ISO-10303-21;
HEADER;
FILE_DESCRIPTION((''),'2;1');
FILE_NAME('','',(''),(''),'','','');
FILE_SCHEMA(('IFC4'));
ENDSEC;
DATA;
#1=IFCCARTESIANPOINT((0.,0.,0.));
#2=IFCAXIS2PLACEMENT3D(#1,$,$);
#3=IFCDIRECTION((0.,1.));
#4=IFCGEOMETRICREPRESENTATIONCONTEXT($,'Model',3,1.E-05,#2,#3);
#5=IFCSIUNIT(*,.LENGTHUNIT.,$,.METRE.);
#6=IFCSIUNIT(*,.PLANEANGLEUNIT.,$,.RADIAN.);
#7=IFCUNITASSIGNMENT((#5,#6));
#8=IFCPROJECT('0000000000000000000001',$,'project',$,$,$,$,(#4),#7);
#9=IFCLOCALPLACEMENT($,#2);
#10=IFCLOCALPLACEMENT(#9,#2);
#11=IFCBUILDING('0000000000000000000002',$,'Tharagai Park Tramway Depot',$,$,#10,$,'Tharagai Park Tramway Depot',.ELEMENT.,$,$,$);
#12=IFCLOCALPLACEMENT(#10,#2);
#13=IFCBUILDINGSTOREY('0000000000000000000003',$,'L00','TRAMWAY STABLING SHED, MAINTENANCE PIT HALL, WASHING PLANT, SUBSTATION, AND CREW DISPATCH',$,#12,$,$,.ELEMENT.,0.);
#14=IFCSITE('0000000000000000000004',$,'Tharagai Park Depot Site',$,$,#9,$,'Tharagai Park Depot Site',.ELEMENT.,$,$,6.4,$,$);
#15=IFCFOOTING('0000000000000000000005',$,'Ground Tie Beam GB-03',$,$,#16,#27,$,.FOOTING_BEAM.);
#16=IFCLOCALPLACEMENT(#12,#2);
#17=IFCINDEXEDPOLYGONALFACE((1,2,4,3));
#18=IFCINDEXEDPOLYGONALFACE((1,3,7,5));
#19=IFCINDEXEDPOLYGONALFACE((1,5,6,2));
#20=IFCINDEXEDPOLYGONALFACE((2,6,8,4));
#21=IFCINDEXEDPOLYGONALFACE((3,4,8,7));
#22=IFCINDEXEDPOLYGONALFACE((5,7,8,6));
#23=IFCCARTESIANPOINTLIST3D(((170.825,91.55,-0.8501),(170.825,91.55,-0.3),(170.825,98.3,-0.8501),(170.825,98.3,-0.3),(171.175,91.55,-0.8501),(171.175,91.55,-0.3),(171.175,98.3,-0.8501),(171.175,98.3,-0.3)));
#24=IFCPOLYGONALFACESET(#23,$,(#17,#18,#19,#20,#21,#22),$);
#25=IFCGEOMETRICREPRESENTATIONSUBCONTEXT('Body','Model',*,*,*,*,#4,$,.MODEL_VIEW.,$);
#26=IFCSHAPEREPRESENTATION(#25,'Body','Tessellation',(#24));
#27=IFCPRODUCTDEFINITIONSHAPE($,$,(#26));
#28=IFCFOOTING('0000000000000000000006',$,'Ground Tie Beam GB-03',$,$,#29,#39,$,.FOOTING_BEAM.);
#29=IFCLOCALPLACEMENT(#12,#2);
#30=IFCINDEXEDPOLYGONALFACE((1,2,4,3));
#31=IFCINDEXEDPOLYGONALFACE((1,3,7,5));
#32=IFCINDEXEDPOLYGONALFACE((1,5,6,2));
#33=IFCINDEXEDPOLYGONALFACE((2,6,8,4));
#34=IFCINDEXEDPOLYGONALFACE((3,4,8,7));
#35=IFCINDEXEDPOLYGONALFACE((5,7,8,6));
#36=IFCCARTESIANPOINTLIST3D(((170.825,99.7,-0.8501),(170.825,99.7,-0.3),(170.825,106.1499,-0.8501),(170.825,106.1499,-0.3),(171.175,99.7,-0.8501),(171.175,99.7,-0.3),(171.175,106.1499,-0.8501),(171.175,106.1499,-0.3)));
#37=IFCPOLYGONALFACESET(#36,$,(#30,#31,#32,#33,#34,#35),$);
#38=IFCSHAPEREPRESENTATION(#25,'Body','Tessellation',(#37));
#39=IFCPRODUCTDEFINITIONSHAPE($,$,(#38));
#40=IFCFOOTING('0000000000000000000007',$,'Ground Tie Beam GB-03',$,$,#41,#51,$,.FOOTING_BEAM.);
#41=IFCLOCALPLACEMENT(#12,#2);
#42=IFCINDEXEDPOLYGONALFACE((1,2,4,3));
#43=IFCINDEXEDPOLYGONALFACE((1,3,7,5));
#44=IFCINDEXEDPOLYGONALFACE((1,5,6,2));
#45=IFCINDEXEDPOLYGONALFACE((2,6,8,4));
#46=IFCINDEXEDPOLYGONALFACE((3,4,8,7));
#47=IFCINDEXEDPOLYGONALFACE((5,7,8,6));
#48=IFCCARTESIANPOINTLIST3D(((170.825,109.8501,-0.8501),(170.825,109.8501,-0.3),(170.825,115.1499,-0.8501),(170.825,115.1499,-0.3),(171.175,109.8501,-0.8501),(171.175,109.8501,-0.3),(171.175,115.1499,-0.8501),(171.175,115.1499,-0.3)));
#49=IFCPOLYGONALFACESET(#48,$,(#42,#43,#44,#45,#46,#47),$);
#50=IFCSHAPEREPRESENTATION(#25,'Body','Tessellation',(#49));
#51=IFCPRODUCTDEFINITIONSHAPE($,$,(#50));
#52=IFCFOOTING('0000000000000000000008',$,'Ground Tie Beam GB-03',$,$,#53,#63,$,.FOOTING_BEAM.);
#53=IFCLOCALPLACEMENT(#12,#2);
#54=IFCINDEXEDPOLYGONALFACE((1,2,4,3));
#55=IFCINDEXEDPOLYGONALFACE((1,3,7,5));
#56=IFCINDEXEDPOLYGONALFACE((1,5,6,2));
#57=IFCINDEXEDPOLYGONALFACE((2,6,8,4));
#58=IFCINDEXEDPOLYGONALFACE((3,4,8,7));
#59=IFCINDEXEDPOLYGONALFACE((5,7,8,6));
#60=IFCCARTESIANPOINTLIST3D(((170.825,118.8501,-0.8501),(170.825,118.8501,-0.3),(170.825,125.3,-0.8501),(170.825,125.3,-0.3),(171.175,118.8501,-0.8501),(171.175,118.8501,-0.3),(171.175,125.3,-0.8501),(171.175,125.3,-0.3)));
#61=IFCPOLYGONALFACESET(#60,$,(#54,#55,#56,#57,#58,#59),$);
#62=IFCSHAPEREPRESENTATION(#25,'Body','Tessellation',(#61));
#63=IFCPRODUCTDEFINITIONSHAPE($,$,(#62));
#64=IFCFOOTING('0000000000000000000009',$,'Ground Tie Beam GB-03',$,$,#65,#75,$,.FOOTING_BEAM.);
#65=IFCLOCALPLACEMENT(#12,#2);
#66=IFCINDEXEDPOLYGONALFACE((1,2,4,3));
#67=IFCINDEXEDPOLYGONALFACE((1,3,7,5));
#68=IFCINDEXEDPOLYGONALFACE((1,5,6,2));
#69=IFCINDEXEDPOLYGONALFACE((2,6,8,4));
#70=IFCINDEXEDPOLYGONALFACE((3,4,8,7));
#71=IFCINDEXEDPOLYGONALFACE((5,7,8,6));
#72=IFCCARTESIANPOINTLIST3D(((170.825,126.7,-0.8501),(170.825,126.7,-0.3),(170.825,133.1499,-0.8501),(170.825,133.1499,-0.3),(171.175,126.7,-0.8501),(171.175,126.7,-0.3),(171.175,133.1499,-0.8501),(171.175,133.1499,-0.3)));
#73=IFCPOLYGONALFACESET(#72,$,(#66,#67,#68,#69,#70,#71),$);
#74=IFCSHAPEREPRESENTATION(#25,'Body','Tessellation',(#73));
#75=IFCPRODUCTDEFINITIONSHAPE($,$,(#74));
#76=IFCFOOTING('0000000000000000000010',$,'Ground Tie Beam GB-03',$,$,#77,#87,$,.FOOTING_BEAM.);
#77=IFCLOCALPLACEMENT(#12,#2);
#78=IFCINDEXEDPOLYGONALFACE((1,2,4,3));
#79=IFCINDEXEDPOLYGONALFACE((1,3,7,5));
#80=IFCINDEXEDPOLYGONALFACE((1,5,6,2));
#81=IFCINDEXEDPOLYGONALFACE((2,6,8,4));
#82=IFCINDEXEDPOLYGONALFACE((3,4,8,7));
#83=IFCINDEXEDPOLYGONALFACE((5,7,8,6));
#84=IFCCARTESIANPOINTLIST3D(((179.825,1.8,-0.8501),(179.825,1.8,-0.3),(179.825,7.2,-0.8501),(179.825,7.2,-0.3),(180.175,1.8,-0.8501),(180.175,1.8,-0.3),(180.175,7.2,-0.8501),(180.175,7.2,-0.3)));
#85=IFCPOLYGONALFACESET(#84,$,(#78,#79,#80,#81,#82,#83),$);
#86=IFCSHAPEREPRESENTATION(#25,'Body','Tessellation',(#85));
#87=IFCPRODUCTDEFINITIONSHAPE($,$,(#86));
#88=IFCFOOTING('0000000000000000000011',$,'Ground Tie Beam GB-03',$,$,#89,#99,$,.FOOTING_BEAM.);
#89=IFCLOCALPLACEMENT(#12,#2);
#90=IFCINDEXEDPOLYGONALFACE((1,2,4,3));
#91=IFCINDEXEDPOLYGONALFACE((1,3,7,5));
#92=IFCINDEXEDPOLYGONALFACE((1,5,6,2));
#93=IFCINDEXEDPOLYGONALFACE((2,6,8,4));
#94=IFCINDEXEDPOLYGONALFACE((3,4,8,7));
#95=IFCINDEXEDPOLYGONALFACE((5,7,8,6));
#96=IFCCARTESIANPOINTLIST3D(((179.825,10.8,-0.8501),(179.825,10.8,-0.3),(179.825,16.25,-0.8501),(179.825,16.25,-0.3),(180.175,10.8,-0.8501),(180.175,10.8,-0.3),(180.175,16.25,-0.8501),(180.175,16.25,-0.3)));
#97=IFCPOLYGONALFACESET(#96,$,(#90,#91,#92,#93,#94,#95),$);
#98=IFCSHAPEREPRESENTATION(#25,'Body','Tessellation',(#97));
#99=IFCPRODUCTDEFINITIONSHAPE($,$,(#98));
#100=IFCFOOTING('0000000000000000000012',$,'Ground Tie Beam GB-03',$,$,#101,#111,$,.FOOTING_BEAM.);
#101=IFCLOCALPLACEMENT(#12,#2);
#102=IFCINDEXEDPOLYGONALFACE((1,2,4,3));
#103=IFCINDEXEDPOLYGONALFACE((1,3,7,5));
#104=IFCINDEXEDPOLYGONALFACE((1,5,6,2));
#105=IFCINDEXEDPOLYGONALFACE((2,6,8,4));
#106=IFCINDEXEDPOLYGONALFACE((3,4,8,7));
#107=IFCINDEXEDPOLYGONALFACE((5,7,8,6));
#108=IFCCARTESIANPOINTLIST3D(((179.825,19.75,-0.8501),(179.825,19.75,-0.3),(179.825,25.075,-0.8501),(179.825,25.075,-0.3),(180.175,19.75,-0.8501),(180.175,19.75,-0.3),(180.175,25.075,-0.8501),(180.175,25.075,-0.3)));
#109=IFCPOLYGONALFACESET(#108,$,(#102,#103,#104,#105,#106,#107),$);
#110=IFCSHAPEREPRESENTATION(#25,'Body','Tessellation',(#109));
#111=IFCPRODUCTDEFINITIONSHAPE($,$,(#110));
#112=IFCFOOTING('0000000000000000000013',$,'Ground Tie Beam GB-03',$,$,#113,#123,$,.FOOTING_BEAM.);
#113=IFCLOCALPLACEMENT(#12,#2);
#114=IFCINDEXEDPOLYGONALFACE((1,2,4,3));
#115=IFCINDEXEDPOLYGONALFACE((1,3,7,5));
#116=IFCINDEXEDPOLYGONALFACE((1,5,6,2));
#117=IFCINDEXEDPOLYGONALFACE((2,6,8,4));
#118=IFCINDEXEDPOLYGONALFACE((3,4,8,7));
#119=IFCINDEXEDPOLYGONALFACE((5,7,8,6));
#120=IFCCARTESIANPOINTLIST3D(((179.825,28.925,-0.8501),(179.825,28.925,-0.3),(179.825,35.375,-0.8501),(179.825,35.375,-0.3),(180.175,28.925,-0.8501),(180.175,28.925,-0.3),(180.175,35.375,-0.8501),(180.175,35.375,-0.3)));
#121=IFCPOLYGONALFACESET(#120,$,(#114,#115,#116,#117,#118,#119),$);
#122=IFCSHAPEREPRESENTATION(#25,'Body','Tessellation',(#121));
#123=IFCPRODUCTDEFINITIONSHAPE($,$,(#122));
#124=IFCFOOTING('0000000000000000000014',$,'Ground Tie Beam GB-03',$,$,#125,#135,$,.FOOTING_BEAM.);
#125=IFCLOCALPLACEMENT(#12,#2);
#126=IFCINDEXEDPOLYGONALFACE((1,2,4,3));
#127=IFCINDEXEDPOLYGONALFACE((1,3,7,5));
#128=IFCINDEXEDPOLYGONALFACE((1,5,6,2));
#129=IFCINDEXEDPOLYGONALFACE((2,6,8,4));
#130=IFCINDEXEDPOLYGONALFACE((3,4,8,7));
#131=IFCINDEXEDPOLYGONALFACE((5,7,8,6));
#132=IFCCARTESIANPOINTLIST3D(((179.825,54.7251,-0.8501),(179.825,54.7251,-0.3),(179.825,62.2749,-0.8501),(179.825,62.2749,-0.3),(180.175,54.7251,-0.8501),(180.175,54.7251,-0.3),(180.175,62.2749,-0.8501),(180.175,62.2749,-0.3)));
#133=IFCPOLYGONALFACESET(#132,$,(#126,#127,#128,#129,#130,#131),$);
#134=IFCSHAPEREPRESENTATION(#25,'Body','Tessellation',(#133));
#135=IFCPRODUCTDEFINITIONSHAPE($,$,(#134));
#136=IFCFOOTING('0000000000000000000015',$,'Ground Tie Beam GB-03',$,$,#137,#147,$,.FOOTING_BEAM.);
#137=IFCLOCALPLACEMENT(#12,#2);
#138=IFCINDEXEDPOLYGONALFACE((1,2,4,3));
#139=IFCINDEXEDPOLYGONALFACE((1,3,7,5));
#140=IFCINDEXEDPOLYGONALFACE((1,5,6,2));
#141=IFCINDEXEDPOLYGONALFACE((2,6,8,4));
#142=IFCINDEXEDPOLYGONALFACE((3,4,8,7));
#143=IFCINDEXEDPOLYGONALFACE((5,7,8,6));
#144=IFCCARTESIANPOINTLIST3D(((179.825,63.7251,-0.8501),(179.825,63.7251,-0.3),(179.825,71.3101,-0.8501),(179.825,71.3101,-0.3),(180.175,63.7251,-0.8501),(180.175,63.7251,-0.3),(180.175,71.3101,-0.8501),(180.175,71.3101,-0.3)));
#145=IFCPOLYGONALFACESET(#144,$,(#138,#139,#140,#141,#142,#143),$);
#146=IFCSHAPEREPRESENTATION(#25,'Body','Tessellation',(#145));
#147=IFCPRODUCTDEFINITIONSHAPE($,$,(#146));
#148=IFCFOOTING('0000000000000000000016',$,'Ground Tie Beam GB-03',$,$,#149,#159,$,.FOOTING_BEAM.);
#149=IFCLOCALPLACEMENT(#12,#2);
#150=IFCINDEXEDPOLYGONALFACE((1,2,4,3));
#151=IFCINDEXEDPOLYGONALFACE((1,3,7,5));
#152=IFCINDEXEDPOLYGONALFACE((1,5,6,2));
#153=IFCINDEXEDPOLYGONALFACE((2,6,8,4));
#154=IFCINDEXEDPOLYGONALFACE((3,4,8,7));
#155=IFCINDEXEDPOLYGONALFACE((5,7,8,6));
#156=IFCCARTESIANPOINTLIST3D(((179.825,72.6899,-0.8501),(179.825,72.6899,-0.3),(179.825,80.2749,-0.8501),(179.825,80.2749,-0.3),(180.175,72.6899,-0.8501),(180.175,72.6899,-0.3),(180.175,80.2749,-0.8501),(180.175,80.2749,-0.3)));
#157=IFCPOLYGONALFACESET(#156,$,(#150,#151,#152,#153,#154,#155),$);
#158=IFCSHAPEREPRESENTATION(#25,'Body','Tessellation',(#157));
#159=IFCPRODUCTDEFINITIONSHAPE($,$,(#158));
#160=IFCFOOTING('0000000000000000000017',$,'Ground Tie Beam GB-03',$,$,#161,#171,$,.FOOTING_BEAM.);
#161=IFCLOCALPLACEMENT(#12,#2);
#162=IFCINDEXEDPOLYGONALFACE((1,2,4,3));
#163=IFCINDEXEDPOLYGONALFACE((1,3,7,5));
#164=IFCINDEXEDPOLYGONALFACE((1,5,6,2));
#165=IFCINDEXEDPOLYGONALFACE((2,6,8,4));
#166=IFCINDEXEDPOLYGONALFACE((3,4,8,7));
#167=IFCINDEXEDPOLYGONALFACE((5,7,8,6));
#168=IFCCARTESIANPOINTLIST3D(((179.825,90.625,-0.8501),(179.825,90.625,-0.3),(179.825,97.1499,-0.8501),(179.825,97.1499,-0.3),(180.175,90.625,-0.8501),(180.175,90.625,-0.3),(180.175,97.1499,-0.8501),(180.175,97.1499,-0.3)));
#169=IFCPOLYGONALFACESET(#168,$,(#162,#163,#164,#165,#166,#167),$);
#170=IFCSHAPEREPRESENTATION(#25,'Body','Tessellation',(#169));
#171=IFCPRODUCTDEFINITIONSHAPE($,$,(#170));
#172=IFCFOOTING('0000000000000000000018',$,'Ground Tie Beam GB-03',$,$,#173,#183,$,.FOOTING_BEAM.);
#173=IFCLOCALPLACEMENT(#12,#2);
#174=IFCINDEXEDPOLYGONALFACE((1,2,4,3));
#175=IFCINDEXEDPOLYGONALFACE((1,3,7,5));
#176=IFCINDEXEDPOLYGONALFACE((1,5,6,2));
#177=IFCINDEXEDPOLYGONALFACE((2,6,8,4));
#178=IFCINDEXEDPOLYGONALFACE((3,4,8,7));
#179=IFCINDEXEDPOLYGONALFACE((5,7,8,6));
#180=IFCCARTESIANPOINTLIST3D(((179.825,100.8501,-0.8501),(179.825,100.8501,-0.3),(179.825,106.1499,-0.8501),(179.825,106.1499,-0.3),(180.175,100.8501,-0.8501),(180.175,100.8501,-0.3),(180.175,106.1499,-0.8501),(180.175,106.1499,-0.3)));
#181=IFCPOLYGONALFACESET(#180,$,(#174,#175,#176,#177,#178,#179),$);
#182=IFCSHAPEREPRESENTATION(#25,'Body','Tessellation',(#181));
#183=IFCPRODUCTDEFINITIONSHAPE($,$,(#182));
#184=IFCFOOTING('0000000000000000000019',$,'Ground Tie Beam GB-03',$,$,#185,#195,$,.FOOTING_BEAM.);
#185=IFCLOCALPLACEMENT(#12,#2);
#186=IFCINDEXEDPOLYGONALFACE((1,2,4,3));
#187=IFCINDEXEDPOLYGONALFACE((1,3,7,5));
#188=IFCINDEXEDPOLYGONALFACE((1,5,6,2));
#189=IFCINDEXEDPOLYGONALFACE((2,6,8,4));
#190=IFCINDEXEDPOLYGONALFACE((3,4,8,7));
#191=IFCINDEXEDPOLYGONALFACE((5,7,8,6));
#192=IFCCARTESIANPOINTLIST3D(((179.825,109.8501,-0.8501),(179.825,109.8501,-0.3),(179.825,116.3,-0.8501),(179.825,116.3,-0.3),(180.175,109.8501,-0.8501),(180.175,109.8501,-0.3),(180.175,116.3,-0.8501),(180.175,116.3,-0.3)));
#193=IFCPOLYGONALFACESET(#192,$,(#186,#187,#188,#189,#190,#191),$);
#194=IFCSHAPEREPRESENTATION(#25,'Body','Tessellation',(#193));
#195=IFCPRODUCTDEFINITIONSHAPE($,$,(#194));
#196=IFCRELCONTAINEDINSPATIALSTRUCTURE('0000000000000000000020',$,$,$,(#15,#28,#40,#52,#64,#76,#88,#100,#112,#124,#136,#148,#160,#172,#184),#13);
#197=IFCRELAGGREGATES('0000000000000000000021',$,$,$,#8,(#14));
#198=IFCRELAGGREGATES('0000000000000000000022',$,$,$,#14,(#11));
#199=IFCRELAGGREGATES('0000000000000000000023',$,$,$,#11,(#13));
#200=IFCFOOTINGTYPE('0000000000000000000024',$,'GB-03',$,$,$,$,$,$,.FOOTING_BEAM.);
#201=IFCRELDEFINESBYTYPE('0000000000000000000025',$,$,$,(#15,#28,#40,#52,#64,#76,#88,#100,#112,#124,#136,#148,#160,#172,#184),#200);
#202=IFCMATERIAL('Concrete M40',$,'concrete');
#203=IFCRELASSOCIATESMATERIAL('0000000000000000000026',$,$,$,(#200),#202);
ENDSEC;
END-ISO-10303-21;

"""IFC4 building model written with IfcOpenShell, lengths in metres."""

from ifc_helpers import new_model, si_unit, direction, frame, origin, place, context, subcontext, project, spatial, polyline, outline, extrude, material, type_object, element, save


model = new_model("IFC4")

# Units and contexts
model_context = context("Model", 3, precision=1e-05, world=origin(), true_north=direction((0.0, 1.0)))
body_context = subcontext(model_context, "Body", "Model", "MODEL_VIEW")
ifc_project = project(units=[si_unit("LENGTHUNIT", "METRE"), si_unit("PLANEANGLEUNIT", "RADIAN")], contexts=[model_context])

# Site, building, storey
site_placement = place(None, origin())
site = spatial("IfcSite", under=ifc_project, at=site_placement, Name="Tharagai Park Depot Site", LongName="Tharagai Park Depot Site", CompositionType="ELEMENT", RefElevation=6.4)
building_placement = place(site_placement, origin())
building = spatial("IfcBuilding", under=site, at=building_placement, Name="Tharagai Park Tramway Depot", LongName="Tharagai Park Tramway Depot", CompositionType="ELEMENT")
storey_placement = place(building_placement, origin())
storey = spatial("IfcBuildingStorey", under=building, at=storey_placement, Name="L00", Description="TRAMWAY STABLING SHED, MAINTENANCE PIT HALL, WASHING PLANT, SUBSTATION, AND CREW DISPATCH", CompositionType="ELEMENT", Elevation=0.0)

# Footings
ifc_material = material(Name="Concrete M40", Category="concrete")
footing_type = type_object("IfcFootingType", Name="GB-03", PredefinedType="FOOTING_BEAM", material=ifc_material)
footing_1_placement = place(storey_placement, frame((0.0, 0.0, -0.8501)))
element("IfcFooting", 1, at=footing_1_placement, inside=storey, type_object=footing_type, Name="Ground Tie Beam GB-03", PredefinedType="FOOTING_BEAM", context=body_context, shape_type="SweptSolid", body=[
    extrude(outline(polyline([(170.825, 91.55), (171.175, 91.55), (171.175, 98.3), (170.825, 98.3), (170.825, 91.55)])), origin(), (0.0, 0.0, 1.0), 0.55),
])
footing_2_placement = place(storey_placement, frame((0.0, 0.0, -0.8501)))
element("IfcFooting", 2, at=footing_2_placement, inside=storey, type_object=footing_type, Name="Ground Tie Beam GB-03", PredefinedType="FOOTING_BEAM", context=body_context, shape_type="SweptSolid", body=[
    extrude(outline(polyline([(170.825, 99.7), (171.175, 99.7), (171.175, 106.1499), (170.825, 106.1499), (170.825, 99.7)])), origin(), (0.0, 0.0, 1.0), 0.55),
])
footing_3_placement = place(storey_placement, frame((0.0, 0.0, -0.8501)))
element("IfcFooting", 3, at=footing_3_placement, inside=storey, type_object=footing_type, Name="Ground Tie Beam GB-03", PredefinedType="FOOTING_BEAM", context=body_context, shape_type="SweptSolid", body=[
    extrude(outline(polyline([(170.825, 109.8501), (171.175, 109.8501), (171.175, 115.1499), (170.825, 115.1499), (170.825, 109.8501)])), origin(), (0.0, 0.0, 1.0), 0.55),
])
footing_4_placement = place(storey_placement, frame((0.0, 0.0, -0.8501)))
element("IfcFooting", 4, at=footing_4_placement, inside=storey, type_object=footing_type, Name="Ground Tie Beam GB-03", PredefinedType="FOOTING_BEAM", context=body_context, shape_type="SweptSolid", body=[
    extrude(outline(polyline([(170.825, 118.8501), (171.175, 118.8501), (171.175, 125.3), (170.825, 125.3), (170.825, 118.8501)])), origin(), (0.0, 0.0, 1.0), 0.55),
])
footing_5_placement = place(storey_placement, frame((0.0, 0.0, -0.8501)))
element("IfcFooting", 5, at=footing_5_placement, inside=storey, type_object=footing_type, Name="Ground Tie Beam GB-03", PredefinedType="FOOTING_BEAM", context=body_context, shape_type="SweptSolid", body=[
    extrude(outline(polyline([(170.825, 126.7), (171.175, 126.7), (171.175, 133.1499), (170.825, 133.1499), (170.825, 126.7)])), origin(), (0.0, 0.0, 1.0), 0.55),
])
footing_6_placement = place(storey_placement, frame((0.0, 0.0, -0.8501)))
element("IfcFooting", 6, at=footing_6_placement, inside=storey, type_object=footing_type, Name="Ground Tie Beam GB-03", PredefinedType="FOOTING_BEAM", context=body_context, shape_type="SweptSolid", body=[
    extrude(outline(polyline([(179.825, 1.8), (180.175, 1.8), (180.175, 7.2), (179.825, 7.2), (179.825, 1.8)])), origin(), (0.0, 0.0, 1.0), 0.55),
])
footing_7_placement = place(storey_placement, frame((0.0, 0.0, -0.8501)))
element("IfcFooting", 7, at=footing_7_placement, inside=storey, type_object=footing_type, Name="Ground Tie Beam GB-03", PredefinedType="FOOTING_BEAM", context=body_context, shape_type="SweptSolid", body=[
    extrude(outline(polyline([(179.825, 10.8), (180.175, 10.8), (180.175, 16.25), (179.825, 16.25), (179.825, 10.8)])), origin(), (0.0, 0.0, 1.0), 0.55),
])
footing_8_placement = place(storey_placement, frame((0.0, 0.0, -0.8501)))
element("IfcFooting", 8, at=footing_8_placement, inside=storey, type_object=footing_type, Name="Ground Tie Beam GB-03", PredefinedType="FOOTING_BEAM", context=body_context, shape_type="SweptSolid", body=[
    extrude(outline(polyline([(179.825, 19.75), (180.175, 19.75), (180.175, 25.075), (179.825, 25.075), (179.825, 19.75)])), origin(), (0.0, 0.0, 1.0), 0.55),
])
footing_9_placement = place(storey_placement, frame((0.0, 0.0, -0.8501)))
element("IfcFooting", 9, at=footing_9_placement, inside=storey, type_object=footing_type, Name="Ground Tie Beam GB-03", PredefinedType="FOOTING_BEAM", context=body_context, shape_type="SweptSolid", body=[
    extrude(outline(polyline([(179.825, 28.925), (180.175, 28.925), (180.175, 35.375), (179.825, 35.375), (179.825, 28.925)])), origin(), (0.0, 0.0, 1.0), 0.55),
])
footing_10_placement = place(storey_placement, frame((0.0, 0.0, -0.8501)))
element("IfcFooting", 10, at=footing_10_placement, inside=storey, type_object=footing_type, Name="Ground Tie Beam GB-03", PredefinedType="FOOTING_BEAM", context=body_context, shape_type="SweptSolid", body=[
    extrude(outline(polyline([(179.825, 54.7251), (180.175, 54.7251), (180.175, 62.2749), (179.825, 62.2749), (179.825, 54.7251)])), origin(), (0.0, 0.0, 1.0), 0.55),
])
footing_11_placement = place(storey_placement, frame((0.0, 0.0, -0.8501)))
element("IfcFooting", 11, at=footing_11_placement, inside=storey, type_object=footing_type, Name="Ground Tie Beam GB-03", PredefinedType="FOOTING_BEAM", context=body_context, shape_type="SweptSolid", body=[
    extrude(outline(polyline([(179.825, 63.7251), (180.175, 63.7251), (180.175, 71.3101), (179.825, 71.3101), (179.825, 63.7251)])), origin(), (0.0, 0.0, 1.0), 0.55),
])
footing_12_placement = place(storey_placement, frame((0.0, 0.0, -0.8501)))
element("IfcFooting", 12, at=footing_12_placement, inside=storey, type_object=footing_type, Name="Ground Tie Beam GB-03", PredefinedType="FOOTING_BEAM", context=body_context, shape_type="SweptSolid", body=[
    extrude(outline(polyline([(179.825, 72.6899), (180.175, 72.6899), (180.175, 80.2749), (179.825, 80.2749), (179.825, 72.6899)])), origin(), (0.0, 0.0, 1.0), 0.55),
])
footing_13_placement = place(storey_placement, frame((0.0, 0.0, -0.8501)))
element("IfcFooting", 13, at=footing_13_placement, inside=storey, type_object=footing_type, Name="Ground Tie Beam GB-03", PredefinedType="FOOTING_BEAM", context=body_context, shape_type="SweptSolid", body=[
    extrude(outline(polyline([(179.825, 90.625), (180.175, 90.625), (180.175, 97.1499), (179.825, 97.1499), (179.825, 90.625)])), origin(), (0.0, 0.0, 1.0), 0.55),
])
footing_14_placement = place(storey_placement, frame((0.0, 0.0, -0.8501)))
element("IfcFooting", 14, at=footing_14_placement, inside=storey, type_object=footing_type, Name="Ground Tie Beam GB-03", PredefinedType="FOOTING_BEAM", context=body_context, shape_type="SweptSolid", body=[
    extrude(outline(polyline([(179.825, 100.8501), (180.175, 100.8501), (180.175, 106.1499), (179.825, 106.1499), (179.825, 100.8501)])), origin(), (0.0, 0.0, 1.0), 0.55),
])
footing_15_placement = place(storey_placement, frame((0.0, 0.0, -0.8501)))
element("IfcFooting", 15, at=footing_15_placement, inside=storey, type_object=footing_type, Name="Ground Tie Beam GB-03", PredefinedType="FOOTING_BEAM", context=body_context, shape_type="SweptSolid", body=[
    extrude(outline(polyline([(179.825, 109.8501), (180.175, 109.8501), (180.175, 116.3), (179.825, 116.3), (179.825, 109.8501)])), origin(), (0.0, 0.0, 1.0), 0.55),
])

save(model, "model.ifc")
